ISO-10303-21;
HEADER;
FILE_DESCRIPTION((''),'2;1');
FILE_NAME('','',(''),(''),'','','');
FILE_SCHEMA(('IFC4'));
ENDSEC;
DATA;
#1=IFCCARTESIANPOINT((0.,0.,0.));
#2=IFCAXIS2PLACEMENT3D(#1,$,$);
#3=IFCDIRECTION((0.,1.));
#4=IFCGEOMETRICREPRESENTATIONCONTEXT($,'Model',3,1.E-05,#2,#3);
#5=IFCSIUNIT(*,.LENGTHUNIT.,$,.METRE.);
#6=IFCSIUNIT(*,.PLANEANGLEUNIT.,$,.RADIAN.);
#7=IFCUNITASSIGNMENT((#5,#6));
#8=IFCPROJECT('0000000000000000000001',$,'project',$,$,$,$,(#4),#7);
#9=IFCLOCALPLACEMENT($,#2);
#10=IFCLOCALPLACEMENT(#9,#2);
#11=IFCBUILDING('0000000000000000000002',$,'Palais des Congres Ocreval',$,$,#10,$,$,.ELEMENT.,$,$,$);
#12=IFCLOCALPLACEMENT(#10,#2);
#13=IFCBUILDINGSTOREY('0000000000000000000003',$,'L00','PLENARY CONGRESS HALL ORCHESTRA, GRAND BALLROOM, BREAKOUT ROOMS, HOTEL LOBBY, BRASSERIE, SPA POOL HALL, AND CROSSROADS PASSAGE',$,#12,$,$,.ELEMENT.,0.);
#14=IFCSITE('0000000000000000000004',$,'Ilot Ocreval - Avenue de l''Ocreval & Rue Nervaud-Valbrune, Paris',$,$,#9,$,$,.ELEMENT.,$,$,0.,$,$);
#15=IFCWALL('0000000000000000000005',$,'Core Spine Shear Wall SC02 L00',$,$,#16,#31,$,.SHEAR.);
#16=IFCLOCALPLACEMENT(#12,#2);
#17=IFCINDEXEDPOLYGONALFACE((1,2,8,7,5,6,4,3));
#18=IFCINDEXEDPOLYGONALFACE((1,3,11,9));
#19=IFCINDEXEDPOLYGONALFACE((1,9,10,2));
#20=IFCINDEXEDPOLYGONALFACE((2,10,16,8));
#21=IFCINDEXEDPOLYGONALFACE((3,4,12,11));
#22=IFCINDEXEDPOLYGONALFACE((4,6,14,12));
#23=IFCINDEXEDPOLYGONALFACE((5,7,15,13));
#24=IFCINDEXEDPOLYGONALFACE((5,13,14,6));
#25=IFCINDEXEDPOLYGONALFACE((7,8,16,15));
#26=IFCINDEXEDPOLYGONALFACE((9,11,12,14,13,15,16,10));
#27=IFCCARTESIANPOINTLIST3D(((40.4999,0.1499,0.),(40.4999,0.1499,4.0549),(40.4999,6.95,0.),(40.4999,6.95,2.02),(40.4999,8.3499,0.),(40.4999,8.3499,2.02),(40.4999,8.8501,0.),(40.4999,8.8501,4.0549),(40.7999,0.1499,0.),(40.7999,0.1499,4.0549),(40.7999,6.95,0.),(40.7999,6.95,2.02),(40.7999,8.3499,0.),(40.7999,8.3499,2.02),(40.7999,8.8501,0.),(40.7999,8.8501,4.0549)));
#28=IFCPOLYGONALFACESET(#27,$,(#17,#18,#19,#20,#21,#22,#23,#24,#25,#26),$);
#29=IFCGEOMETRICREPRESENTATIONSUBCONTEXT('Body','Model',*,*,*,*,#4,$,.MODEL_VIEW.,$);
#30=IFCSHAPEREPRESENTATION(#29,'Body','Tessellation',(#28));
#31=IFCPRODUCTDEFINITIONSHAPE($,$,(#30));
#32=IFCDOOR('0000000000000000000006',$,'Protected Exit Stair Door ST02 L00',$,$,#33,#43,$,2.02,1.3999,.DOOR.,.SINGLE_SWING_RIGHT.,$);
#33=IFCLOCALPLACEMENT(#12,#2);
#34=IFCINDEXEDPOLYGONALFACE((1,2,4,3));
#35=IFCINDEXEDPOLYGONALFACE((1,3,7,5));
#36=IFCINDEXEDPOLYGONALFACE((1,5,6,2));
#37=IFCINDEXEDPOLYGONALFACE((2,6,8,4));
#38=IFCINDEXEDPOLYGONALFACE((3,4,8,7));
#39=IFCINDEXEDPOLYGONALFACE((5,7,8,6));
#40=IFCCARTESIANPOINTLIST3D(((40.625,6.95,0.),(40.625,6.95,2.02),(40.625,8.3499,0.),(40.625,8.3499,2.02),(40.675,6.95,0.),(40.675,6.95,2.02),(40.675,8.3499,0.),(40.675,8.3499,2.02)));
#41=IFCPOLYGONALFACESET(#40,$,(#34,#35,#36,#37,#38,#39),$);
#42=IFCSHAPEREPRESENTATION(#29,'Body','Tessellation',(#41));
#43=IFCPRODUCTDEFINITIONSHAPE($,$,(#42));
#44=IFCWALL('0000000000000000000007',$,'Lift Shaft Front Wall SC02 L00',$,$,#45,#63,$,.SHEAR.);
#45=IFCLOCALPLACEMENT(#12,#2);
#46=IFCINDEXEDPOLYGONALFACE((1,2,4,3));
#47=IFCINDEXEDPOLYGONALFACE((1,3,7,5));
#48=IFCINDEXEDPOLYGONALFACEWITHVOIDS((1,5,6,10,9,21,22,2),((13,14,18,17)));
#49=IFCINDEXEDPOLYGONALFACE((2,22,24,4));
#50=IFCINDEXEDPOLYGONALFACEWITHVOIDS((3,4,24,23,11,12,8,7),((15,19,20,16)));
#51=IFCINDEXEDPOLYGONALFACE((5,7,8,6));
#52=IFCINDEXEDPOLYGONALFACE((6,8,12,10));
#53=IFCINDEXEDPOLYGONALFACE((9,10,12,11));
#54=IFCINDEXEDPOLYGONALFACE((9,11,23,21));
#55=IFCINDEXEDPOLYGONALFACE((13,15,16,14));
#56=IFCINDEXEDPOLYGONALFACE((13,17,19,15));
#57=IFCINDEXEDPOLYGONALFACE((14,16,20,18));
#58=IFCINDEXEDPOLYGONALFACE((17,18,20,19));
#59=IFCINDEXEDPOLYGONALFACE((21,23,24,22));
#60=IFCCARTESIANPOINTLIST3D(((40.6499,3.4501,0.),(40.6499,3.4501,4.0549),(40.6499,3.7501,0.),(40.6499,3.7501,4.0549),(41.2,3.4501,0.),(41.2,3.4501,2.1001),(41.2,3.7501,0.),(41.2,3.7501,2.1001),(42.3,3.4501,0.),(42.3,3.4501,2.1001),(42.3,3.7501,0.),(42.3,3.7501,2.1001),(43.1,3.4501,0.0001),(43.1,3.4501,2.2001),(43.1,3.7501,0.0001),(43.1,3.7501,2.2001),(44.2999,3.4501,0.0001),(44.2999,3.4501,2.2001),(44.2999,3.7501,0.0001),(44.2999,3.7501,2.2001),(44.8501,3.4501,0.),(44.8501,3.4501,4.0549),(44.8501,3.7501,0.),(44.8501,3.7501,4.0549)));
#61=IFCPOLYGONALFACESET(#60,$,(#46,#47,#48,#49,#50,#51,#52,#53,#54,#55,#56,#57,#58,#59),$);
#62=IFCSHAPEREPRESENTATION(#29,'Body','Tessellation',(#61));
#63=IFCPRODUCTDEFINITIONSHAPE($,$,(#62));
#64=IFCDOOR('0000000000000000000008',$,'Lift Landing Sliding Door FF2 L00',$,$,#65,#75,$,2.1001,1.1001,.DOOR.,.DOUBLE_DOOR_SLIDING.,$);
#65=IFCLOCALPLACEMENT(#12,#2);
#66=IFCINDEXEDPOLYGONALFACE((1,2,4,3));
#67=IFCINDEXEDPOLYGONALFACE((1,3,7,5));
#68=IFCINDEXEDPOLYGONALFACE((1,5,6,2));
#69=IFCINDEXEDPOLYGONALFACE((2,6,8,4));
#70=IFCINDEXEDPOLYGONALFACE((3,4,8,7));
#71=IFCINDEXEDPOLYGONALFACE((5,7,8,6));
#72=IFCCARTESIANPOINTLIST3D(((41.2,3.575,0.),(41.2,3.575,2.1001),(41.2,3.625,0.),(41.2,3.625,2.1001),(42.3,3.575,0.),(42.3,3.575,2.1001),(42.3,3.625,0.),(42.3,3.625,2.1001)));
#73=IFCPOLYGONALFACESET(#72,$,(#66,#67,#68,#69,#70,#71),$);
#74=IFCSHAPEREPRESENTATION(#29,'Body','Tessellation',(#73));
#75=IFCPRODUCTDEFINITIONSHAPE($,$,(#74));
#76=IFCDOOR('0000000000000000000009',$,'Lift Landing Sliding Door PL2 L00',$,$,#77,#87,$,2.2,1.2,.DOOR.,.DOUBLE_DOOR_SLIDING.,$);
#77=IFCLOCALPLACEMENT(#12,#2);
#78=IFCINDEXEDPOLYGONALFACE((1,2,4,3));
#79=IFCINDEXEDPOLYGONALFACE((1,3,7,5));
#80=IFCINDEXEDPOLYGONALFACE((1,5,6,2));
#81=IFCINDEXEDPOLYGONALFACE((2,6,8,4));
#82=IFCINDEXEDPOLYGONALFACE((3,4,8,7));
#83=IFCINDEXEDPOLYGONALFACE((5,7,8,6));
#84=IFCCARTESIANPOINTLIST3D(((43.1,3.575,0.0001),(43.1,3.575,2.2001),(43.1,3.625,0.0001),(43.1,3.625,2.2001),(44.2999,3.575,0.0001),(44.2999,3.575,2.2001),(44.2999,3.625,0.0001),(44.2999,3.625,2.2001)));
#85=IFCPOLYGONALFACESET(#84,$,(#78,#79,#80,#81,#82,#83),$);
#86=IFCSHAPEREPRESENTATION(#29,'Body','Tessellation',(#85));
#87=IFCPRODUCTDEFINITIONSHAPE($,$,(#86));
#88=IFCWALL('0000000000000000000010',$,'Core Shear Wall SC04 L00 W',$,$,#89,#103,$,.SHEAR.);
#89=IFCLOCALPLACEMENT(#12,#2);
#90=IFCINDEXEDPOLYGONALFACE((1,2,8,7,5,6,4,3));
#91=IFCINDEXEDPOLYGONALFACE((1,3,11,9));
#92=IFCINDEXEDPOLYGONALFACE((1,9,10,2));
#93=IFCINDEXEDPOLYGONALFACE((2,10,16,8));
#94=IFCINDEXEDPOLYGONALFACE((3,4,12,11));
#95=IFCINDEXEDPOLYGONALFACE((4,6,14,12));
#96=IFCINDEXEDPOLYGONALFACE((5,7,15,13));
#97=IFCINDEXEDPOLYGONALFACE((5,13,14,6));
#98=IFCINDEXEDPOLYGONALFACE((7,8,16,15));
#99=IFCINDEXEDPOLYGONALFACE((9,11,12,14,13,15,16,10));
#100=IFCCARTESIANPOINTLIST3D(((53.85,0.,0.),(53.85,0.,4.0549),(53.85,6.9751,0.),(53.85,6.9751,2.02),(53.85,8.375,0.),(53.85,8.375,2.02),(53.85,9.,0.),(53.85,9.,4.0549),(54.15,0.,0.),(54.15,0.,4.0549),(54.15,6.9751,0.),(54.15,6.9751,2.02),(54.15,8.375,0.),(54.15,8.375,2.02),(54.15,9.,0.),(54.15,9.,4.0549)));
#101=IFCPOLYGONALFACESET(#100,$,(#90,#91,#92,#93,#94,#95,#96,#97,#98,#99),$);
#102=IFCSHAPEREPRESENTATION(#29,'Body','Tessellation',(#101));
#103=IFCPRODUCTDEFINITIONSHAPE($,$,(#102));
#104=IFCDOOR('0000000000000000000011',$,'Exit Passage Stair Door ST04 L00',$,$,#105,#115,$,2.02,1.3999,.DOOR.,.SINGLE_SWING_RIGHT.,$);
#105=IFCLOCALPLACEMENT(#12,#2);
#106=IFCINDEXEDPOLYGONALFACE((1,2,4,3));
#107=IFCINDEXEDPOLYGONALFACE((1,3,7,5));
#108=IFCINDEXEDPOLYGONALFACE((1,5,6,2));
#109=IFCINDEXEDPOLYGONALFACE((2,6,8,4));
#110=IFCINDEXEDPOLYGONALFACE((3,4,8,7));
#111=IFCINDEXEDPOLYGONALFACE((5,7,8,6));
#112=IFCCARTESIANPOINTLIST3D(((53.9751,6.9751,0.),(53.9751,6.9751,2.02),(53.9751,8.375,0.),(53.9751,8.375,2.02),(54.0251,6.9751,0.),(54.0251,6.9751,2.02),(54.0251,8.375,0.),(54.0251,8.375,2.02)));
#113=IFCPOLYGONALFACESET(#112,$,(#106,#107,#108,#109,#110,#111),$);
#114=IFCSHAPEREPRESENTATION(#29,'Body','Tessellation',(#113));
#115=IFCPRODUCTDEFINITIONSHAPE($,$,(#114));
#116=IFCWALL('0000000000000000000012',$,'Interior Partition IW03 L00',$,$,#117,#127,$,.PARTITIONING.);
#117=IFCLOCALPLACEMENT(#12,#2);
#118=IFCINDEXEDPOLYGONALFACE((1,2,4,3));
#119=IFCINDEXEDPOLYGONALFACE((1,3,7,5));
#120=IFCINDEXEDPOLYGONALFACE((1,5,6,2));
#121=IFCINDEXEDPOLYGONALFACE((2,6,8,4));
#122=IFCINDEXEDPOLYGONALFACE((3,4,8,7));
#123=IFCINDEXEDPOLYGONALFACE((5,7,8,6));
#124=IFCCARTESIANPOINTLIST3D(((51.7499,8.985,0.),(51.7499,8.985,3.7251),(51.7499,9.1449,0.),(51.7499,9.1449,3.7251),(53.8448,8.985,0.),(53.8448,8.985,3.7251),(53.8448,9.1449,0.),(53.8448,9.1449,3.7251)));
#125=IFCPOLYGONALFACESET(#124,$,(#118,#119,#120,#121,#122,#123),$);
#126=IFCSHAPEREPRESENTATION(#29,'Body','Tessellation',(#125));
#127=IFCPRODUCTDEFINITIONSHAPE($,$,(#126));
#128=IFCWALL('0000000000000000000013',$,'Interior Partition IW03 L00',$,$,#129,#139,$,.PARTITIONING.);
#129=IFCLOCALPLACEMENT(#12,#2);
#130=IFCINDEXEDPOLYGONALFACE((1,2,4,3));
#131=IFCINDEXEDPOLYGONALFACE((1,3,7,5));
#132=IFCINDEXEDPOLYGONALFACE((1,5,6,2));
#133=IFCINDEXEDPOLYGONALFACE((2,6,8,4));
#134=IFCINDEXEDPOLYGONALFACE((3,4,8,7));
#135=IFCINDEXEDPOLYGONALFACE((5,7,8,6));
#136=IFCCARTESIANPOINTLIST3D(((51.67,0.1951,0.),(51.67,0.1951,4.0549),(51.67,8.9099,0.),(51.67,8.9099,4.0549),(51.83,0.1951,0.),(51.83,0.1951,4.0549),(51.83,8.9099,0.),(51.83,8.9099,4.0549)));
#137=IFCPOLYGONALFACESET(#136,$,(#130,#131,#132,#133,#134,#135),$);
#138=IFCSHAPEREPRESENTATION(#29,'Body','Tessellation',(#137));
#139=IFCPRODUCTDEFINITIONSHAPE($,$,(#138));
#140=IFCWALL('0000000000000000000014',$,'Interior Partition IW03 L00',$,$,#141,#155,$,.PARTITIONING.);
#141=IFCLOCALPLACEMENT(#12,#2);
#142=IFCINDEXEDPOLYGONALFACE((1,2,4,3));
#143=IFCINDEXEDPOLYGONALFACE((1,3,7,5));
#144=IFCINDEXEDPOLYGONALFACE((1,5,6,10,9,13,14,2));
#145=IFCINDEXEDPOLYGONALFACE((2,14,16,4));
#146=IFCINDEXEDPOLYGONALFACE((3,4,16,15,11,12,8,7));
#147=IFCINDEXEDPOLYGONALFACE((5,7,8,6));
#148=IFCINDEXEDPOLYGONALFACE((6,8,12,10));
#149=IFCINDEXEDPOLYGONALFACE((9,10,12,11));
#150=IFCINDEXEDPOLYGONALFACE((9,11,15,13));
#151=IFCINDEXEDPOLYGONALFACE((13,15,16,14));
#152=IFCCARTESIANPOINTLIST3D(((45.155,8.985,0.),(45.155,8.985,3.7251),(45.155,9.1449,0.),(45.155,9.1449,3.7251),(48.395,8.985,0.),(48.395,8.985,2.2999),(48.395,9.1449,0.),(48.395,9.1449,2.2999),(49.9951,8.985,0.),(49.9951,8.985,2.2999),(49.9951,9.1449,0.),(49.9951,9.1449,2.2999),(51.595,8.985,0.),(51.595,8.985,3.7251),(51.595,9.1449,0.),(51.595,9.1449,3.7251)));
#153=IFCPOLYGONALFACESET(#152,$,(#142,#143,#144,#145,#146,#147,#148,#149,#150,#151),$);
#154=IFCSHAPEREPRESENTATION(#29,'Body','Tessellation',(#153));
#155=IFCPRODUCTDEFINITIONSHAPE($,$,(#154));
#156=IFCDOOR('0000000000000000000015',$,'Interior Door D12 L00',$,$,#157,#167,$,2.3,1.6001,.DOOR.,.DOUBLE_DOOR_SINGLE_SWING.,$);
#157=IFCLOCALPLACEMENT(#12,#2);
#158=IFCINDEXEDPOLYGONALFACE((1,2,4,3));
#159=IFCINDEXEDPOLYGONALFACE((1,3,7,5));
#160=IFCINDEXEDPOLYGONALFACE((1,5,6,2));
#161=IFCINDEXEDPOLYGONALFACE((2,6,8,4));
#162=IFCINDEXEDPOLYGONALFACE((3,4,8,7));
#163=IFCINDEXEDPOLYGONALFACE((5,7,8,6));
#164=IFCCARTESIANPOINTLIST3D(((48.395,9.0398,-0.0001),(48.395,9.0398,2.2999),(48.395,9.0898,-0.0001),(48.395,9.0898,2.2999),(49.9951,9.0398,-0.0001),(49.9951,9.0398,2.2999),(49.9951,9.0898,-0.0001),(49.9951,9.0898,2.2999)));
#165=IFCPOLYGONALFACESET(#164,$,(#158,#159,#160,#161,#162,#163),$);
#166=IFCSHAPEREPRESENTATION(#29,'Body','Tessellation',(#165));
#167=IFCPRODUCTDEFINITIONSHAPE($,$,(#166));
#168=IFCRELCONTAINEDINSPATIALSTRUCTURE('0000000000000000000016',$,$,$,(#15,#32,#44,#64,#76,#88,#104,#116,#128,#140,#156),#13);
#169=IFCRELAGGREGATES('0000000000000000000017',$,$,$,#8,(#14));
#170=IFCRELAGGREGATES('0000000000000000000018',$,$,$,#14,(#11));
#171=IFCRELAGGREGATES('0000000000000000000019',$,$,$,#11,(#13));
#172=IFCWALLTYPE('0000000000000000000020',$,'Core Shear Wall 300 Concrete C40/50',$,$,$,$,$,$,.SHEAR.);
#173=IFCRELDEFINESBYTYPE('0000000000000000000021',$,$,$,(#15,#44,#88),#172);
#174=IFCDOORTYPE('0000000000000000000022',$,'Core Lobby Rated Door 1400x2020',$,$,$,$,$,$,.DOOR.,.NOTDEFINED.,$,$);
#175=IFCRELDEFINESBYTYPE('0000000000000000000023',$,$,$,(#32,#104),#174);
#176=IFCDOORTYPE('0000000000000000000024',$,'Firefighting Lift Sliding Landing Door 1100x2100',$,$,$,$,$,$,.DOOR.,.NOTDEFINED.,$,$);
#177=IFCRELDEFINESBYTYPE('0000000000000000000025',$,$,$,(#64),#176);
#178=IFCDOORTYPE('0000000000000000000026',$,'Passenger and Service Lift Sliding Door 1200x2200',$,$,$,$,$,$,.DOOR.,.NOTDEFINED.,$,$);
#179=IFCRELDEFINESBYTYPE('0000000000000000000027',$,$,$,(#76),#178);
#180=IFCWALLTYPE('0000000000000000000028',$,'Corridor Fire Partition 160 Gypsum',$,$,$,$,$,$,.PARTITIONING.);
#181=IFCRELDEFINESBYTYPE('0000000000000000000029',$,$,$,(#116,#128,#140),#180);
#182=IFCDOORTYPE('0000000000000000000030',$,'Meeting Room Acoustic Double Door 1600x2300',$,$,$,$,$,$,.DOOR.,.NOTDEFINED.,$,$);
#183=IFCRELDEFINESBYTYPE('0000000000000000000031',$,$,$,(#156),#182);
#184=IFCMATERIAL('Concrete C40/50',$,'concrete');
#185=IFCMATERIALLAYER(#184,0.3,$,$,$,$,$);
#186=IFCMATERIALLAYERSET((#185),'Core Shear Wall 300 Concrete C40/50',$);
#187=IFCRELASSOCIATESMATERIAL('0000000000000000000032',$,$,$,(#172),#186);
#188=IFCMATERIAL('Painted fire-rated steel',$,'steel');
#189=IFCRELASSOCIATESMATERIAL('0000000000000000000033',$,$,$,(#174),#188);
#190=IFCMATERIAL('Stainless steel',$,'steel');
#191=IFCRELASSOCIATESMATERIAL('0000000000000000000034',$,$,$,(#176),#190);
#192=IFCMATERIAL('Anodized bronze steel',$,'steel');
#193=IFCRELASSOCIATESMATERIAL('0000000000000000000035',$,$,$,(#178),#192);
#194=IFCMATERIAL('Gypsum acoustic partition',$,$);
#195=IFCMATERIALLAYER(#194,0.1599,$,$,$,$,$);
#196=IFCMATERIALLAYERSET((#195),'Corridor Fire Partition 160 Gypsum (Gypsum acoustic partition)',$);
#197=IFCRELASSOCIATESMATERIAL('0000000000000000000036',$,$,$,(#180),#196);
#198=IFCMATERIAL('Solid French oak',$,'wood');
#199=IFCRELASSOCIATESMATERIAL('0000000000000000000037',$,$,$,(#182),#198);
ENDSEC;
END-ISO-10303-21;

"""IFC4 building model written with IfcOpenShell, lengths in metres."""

from ifc_helpers import new_model, si_unit, direction, frame, frame_2d, origin, place, context, subcontext, project, spatial, rectangle, extrude, material, layer, layer_set, type_object, element, fill, save


model = new_model("IFC4")

# Units and contexts
model_context = context("Model", 3, precision=1e-05, world=origin(), true_north=direction((0.0, 1.0)))
body_context = subcontext(model_context, "Body", "Model", "MODEL_VIEW")
ifc_project = project(units=[si_unit("LENGTHUNIT", "METRE"), si_unit("PLANEANGLEUNIT", "RADIAN")], contexts=[model_context])

# Site, building, storey
site_placement = place(None, origin())
site = spatial("IfcSite", under=ifc_project, at=site_placement, Name="Ilot Ocreval - Avenue de l'Ocreval & Rue Nervaud-Valbrune, Paris", CompositionType="ELEMENT", RefElevation=0.0)
building_placement = place(site_placement, origin())
building = spatial("IfcBuilding", under=site, at=building_placement, Name="Palais des Congres Ocreval", CompositionType="ELEMENT")
storey_placement = place(building_placement, origin())
storey = spatial("IfcBuildingStorey", under=building, at=storey_placement, Name="L00", Description="PLENARY CONGRESS HALL ORCHESTRA, GRAND BALLROOM, BREAKOUT ROOMS, HOTEL LOBBY, BRASSERIE, SPA POOL HALL, AND CROSSROADS PASSAGE", CompositionType="ELEMENT", Elevation=0.0)

# Shared definitions
ifc_material_1 = material(Name="Concrete C40/50", Category="concrete")

# Shared definitions
ifc_layer_1 = layer(ifc_material_1, 0.3)
ifc_layer_set_1 = layer_set([ifc_layer_1], Name="Core Shear Wall 300 Concrete C40/50")
wall_type_1 = type_object("IfcWallType", Name="Core Shear Wall 300 Concrete C40/50", PredefinedType="SHEAR", material=ifc_layer_set_1)

# Wall, opening, door
wall_1_placement = place(storey_placement, frame((40.6499, 0.1499, 0.0), z_axis=(0.0, 0.0, 1.0), x_axis=(0.0, 1.0, 0.0)))
wall_1 = element("IfcWall", 1, at=wall_1_placement, inside=storey, type_object=wall_type_1, Name="Core Spine Shear Wall SC02 L00", PredefinedType="SHEAR", context=body_context, shape_type="SweptSolid", body=[
    extrude(rectangle(XDim=8.7002, YDim=0.3, at=frame_2d((4.3501, 0.0))), origin(), (0.0, 0.0, 1.0), 4.0549),
])
opening_1_placement = place(wall_1_placement, frame((6.8, 0.0, 0.0)))
opening_1 = element("IfcOpeningElement", 2, at=opening_1_placement, cuts=wall_1, PredefinedType="OPENING", context=body_context, shape_type="SweptSolid", body=[
    extrude(rectangle(XDim=1.3999, YDim=2.02, at=frame_2d((0.7, 1.01))), frame((0.0, 0.1599, 0.0), z_axis=(0.0, -1.0, 0.0), x_axis=(1.0, 0.0, 0.0)), (0.0, 0.0, 1.0), 0.3201),
])
ifc_material_2 = material(Name="Painted fire-rated steel", Category="steel")
door_type_1 = type_object("IfcDoorType", Name="Core Lobby Rated Door 1400x2020", OperationType="NOTDEFINED", PredefinedType="DOOR", material=ifc_material_2)
door_1_placement = place(opening_1_placement, origin())
door_1 = element("IfcDoor", 3, at=door_1_placement, inside=storey, type_object=door_type_1, Name="Protected Exit Stair Door ST02 L00", OperationType="SINGLE_SWING_RIGHT", OverallHeight=2.02, OverallWidth=1.3999, PredefinedType="DOOR", context=body_context, shape_type="SweptSolid", body=[
    extrude(rectangle(XDim=1.3999, YDim=2.02, at=frame_2d((0.7, 1.01))), frame((0.0, 0.0249, 0.0), z_axis=(0.0, -1.0, 0.0), x_axis=(1.0, 0.0, 0.0)), (0.0, 0.0, 1.0), 0.05),
])
fill(opening_1, door_1)

# Wall, openings, doors
wall_2_placement = place(storey_placement, frame((40.6499, 3.6001, 0.0), z_axis=(0.0, 0.0, 1.0), x_axis=(1.0, 0.0, 0.0)))
wall_2 = element("IfcWall", 4, at=wall_2_placement, inside=storey, type_object=wall_type_1, Name="Lift Shaft Front Wall SC02 L00", PredefinedType="SHEAR", context=body_context, shape_type="SweptSolid", body=[
    extrude(rectangle(XDim=4.2002, YDim=0.3, at=frame_2d((2.1001, 0.0))), origin(), (0.0, 0.0, 1.0), 4.0549),
])
opening_2_placement = place(wall_2_placement, frame((0.55, 0.0, 0.0)))
opening_2 = element("IfcOpeningElement", 5, at=opening_2_placement, cuts=wall_2, PredefinedType="OPENING", context=body_context, shape_type="SweptSolid", body=[
    extrude(rectangle(XDim=1.1001, YDim=2.1001, at=frame_2d((0.55, 1.05))), frame((0.0, 0.1599, 0.0), z_axis=(0.0, -1.0, 0.0), x_axis=(1.0, 0.0, 0.0)), (0.0, 0.0, 1.0), 0.3201),
])
opening_3_placement = place(wall_2_placement, frame((2.45, 0.0, 0.0)))
opening_3 = element("IfcOpeningElement", 6, at=opening_3_placement, cuts=wall_2, PredefinedType="OPENING", context=body_context, shape_type="SweptSolid", body=[
    extrude(rectangle(XDim=1.2, YDim=2.2, at=frame_2d((0.6001, 1.1001))), frame((0.0, 0.1599, 0.0), z_axis=(0.0, -1.0, 0.0), x_axis=(1.0, 0.0, 0.0)), (0.0, 0.0, 1.0), 0.3201),
])
ifc_material_3 = material(Name="Stainless steel", Category="steel")
door_type_2 = type_object("IfcDoorType", Name="Firefighting Lift Sliding Landing Door 1100x2100", OperationType="NOTDEFINED", PredefinedType="DOOR", material=ifc_material_3)
door_2_placement = place(opening_2_placement, origin())
door_2 = element("IfcDoor", 7, at=door_2_placement, inside=storey, type_object=door_type_2, Name="Lift Landing Sliding Door FF2 L00", OperationType="DOUBLE_DOOR_SLIDING", OverallHeight=2.1001, OverallWidth=1.1001, PredefinedType="DOOR", context=body_context, shape_type="SweptSolid", body=[
    extrude(rectangle(XDim=1.1001, YDim=2.1001, at=frame_2d((0.55, 1.05))), frame((0.0, 0.0249, 0.0), z_axis=(0.0, -1.0, 0.0), x_axis=(1.0, 0.0, 0.0)), (0.0, 0.0, 1.0), 0.05),
])
fill(opening_2, door_2)
ifc_material_4 = material(Name="Anodized bronze steel", Category="steel")
door_type_3 = type_object("IfcDoorType", Name="Passenger and Service Lift Sliding Door 1200x2200", OperationType="NOTDEFINED", PredefinedType="DOOR", material=ifc_material_4)
door_3_placement = place(opening_3_placement, origin())
door_3 = element("IfcDoor", 8, at=door_3_placement, inside=storey, type_object=door_type_3, Name="Lift Landing Sliding Door PL2 L00", OperationType="DOUBLE_DOOR_SLIDING", OverallHeight=2.2, OverallWidth=1.2, PredefinedType="DOOR", context=body_context, shape_type="SweptSolid", body=[
    extrude(rectangle(XDim=1.2, YDim=2.2, at=frame_2d((0.6001, 1.1001))), frame((0.0, 0.0249, 0.0), z_axis=(0.0, -1.0, 0.0), x_axis=(1.0, 0.0, 0.0)), (0.0, 0.0, 1.0), 0.05),
])
fill(opening_3, door_3)

# Wall, opening, door
wall_3_placement = place(storey_placement, frame((54.0, 0.0, 0.0), z_axis=(0.0, 0.0, 1.0), x_axis=(0.0, 1.0, 0.0)))
wall_3 = element("IfcWall", 9, at=wall_3_placement, inside=storey, type_object=wall_type_1, Name="Core Shear Wall SC04 L00 W", PredefinedType="SHEAR", context=body_context, shape_type="SweptSolid", body=[
    extrude(rectangle(XDim=9.0, YDim=0.3, at=frame_2d((4.5, 0.0))), origin(), (0.0, 0.0, 1.0), 4.0549),
])
opening_4_placement = place(wall_3_placement, frame((6.9751, 0.0, 0.0)))
opening_4 = element("IfcOpeningElement", 10, at=opening_4_placement, cuts=wall_3, PredefinedType="OPENING", context=body_context, shape_type="SweptSolid", body=[
    extrude(rectangle(XDim=1.3999, YDim=2.02, at=frame_2d((0.7, 1.01))), frame((0.0, 0.1599, 0.0), z_axis=(0.0, -1.0, 0.0), x_axis=(1.0, 0.0, 0.0)), (0.0, 0.0, 1.0), 0.3201),
])
door_4_placement = place(opening_4_placement, origin())
door_4 = element("IfcDoor", 11, at=door_4_placement, inside=storey, type_object=door_type_1, Name="Exit Passage Stair Door ST04 L00", OperationType="SINGLE_SWING_RIGHT", OverallHeight=2.02, OverallWidth=1.3999, PredefinedType="DOOR", context=body_context, shape_type="SweptSolid", body=[
    extrude(rectangle(XDim=1.3999, YDim=2.02, at=frame_2d((0.7, 1.01))), frame((0.0, 0.0249, 0.0), z_axis=(0.0, -1.0, 0.0), x_axis=(1.0, 0.0, 0.0)), (0.0, 0.0, 1.0), 0.05),
])
fill(opening_4, door_4)

# Walls
ifc_material_5 = material(Name="Gypsum acoustic partition")
ifc_layer_2 = layer(ifc_material_5, 0.1599)
ifc_layer_set_2 = layer_set([ifc_layer_2], Name="Corridor Fire Partition 160 Gypsum (Gypsum acoustic partition)")
wall_type_2 = type_object("IfcWallType", Name="Corridor Fire Partition 160 Gypsum", PredefinedType="PARTITIONING", material=ifc_layer_set_2)
wall_4_placement = place(storey_placement, frame((51.75, 9.0649, 0.0), z_axis=(0.0, 0.0, 1.0), x_axis=(1.0, 0.0, 0.0)))
element("IfcWall", 12, at=wall_4_placement, inside=storey, type_object=wall_type_2, Name="Interior Partition IW03 L00", PredefinedType="PARTITIONING", context=body_context, shape_type="SweptSolid", body=[
    extrude(rectangle(XDim=2.095, YDim=0.1599, at=frame_2d((1.0474, 0.0))), origin(), (0.0, 0.0, 1.0), 3.7251),
])
wall_5_placement = place(storey_placement, frame((51.75, 0.1951, 0.0), z_axis=(0.0, 0.0, 1.0), x_axis=(0.0, 1.0, 0.0)))
element("IfcWall", 13, at=wall_5_placement, inside=storey, type_object=wall_type_2, Name="Interior Partition IW03 L00", PredefinedType="PARTITIONING", context=body_context, shape_type="SweptSolid", body=[
    extrude(rectangle(XDim=8.7148, YDim=0.1599, at=frame_2d((4.3574, 0.0))), origin(), (0.0, 0.0, 1.0), 4.0549),
])

# Wall, opening, door
wall_6_placement = place(storey_placement, frame((45.155, 9.0649, 0.0), z_axis=(0.0, 0.0, 1.0), x_axis=(1.0, 0.0, 0.0)))
wall_6 = element("IfcWall", 14, at=wall_6_placement, inside=storey, type_object=wall_type_2, Name="Interior Partition IW03 L00", PredefinedType="PARTITIONING", context=body_context, shape_type="SweptSolid", body=[
    extrude(rectangle(XDim=6.4399, YDim=0.1599, at=frame_2d((3.22, 0.0))), origin(), (0.0, 0.0, 1.0), 3.7251),
])
opening_5_placement = place(wall_6_placement, frame((3.24, 0.0, 0.0)))
opening_5 = element("IfcOpeningElement", 15, at=opening_5_placement, cuts=wall_6, PredefinedType="OPENING", context=body_context, shape_type="SweptSolid", body=[
    extrude(rectangle(XDim=1.6001, YDim=2.3, at=frame_2d((0.8, 1.1499))), frame((0.0, 0.0898, 0.0), z_axis=(0.0, -1.0, 0.0), x_axis=(1.0, 0.0, 0.0)), (0.0, 0.0, 1.0), 0.1799),
])
ifc_material_6 = material(Name="Solid French oak", Category="wood")
door_type_4 = type_object("IfcDoorType", Name="Meeting Room Acoustic Double Door 1600x2300", OperationType="NOTDEFINED", PredefinedType="DOOR", material=ifc_material_6)
door_5_placement = place(opening_5_placement, origin())
door_5 = element("IfcDoor", 16, at=door_5_placement, inside=storey, type_object=door_type_4, Name="Interior Door D12 L00", OperationType="DOUBLE_DOOR_SINGLE_SWING", OverallHeight=2.3, OverallWidth=1.6001, PredefinedType="DOOR", context=body_context, shape_type="SweptSolid", body=[
    extrude(rectangle(XDim=1.6001, YDim=2.3, at=frame_2d((0.8, 1.1499))), frame((0.0, 0.0249, 0.0), z_axis=(0.0, -1.0, 0.0), x_axis=(1.0, 0.0, 0.0)), (0.0, 0.0, 1.0), 0.05),
])
fill(opening_5, door_5)

save(model, "model.ifc")
